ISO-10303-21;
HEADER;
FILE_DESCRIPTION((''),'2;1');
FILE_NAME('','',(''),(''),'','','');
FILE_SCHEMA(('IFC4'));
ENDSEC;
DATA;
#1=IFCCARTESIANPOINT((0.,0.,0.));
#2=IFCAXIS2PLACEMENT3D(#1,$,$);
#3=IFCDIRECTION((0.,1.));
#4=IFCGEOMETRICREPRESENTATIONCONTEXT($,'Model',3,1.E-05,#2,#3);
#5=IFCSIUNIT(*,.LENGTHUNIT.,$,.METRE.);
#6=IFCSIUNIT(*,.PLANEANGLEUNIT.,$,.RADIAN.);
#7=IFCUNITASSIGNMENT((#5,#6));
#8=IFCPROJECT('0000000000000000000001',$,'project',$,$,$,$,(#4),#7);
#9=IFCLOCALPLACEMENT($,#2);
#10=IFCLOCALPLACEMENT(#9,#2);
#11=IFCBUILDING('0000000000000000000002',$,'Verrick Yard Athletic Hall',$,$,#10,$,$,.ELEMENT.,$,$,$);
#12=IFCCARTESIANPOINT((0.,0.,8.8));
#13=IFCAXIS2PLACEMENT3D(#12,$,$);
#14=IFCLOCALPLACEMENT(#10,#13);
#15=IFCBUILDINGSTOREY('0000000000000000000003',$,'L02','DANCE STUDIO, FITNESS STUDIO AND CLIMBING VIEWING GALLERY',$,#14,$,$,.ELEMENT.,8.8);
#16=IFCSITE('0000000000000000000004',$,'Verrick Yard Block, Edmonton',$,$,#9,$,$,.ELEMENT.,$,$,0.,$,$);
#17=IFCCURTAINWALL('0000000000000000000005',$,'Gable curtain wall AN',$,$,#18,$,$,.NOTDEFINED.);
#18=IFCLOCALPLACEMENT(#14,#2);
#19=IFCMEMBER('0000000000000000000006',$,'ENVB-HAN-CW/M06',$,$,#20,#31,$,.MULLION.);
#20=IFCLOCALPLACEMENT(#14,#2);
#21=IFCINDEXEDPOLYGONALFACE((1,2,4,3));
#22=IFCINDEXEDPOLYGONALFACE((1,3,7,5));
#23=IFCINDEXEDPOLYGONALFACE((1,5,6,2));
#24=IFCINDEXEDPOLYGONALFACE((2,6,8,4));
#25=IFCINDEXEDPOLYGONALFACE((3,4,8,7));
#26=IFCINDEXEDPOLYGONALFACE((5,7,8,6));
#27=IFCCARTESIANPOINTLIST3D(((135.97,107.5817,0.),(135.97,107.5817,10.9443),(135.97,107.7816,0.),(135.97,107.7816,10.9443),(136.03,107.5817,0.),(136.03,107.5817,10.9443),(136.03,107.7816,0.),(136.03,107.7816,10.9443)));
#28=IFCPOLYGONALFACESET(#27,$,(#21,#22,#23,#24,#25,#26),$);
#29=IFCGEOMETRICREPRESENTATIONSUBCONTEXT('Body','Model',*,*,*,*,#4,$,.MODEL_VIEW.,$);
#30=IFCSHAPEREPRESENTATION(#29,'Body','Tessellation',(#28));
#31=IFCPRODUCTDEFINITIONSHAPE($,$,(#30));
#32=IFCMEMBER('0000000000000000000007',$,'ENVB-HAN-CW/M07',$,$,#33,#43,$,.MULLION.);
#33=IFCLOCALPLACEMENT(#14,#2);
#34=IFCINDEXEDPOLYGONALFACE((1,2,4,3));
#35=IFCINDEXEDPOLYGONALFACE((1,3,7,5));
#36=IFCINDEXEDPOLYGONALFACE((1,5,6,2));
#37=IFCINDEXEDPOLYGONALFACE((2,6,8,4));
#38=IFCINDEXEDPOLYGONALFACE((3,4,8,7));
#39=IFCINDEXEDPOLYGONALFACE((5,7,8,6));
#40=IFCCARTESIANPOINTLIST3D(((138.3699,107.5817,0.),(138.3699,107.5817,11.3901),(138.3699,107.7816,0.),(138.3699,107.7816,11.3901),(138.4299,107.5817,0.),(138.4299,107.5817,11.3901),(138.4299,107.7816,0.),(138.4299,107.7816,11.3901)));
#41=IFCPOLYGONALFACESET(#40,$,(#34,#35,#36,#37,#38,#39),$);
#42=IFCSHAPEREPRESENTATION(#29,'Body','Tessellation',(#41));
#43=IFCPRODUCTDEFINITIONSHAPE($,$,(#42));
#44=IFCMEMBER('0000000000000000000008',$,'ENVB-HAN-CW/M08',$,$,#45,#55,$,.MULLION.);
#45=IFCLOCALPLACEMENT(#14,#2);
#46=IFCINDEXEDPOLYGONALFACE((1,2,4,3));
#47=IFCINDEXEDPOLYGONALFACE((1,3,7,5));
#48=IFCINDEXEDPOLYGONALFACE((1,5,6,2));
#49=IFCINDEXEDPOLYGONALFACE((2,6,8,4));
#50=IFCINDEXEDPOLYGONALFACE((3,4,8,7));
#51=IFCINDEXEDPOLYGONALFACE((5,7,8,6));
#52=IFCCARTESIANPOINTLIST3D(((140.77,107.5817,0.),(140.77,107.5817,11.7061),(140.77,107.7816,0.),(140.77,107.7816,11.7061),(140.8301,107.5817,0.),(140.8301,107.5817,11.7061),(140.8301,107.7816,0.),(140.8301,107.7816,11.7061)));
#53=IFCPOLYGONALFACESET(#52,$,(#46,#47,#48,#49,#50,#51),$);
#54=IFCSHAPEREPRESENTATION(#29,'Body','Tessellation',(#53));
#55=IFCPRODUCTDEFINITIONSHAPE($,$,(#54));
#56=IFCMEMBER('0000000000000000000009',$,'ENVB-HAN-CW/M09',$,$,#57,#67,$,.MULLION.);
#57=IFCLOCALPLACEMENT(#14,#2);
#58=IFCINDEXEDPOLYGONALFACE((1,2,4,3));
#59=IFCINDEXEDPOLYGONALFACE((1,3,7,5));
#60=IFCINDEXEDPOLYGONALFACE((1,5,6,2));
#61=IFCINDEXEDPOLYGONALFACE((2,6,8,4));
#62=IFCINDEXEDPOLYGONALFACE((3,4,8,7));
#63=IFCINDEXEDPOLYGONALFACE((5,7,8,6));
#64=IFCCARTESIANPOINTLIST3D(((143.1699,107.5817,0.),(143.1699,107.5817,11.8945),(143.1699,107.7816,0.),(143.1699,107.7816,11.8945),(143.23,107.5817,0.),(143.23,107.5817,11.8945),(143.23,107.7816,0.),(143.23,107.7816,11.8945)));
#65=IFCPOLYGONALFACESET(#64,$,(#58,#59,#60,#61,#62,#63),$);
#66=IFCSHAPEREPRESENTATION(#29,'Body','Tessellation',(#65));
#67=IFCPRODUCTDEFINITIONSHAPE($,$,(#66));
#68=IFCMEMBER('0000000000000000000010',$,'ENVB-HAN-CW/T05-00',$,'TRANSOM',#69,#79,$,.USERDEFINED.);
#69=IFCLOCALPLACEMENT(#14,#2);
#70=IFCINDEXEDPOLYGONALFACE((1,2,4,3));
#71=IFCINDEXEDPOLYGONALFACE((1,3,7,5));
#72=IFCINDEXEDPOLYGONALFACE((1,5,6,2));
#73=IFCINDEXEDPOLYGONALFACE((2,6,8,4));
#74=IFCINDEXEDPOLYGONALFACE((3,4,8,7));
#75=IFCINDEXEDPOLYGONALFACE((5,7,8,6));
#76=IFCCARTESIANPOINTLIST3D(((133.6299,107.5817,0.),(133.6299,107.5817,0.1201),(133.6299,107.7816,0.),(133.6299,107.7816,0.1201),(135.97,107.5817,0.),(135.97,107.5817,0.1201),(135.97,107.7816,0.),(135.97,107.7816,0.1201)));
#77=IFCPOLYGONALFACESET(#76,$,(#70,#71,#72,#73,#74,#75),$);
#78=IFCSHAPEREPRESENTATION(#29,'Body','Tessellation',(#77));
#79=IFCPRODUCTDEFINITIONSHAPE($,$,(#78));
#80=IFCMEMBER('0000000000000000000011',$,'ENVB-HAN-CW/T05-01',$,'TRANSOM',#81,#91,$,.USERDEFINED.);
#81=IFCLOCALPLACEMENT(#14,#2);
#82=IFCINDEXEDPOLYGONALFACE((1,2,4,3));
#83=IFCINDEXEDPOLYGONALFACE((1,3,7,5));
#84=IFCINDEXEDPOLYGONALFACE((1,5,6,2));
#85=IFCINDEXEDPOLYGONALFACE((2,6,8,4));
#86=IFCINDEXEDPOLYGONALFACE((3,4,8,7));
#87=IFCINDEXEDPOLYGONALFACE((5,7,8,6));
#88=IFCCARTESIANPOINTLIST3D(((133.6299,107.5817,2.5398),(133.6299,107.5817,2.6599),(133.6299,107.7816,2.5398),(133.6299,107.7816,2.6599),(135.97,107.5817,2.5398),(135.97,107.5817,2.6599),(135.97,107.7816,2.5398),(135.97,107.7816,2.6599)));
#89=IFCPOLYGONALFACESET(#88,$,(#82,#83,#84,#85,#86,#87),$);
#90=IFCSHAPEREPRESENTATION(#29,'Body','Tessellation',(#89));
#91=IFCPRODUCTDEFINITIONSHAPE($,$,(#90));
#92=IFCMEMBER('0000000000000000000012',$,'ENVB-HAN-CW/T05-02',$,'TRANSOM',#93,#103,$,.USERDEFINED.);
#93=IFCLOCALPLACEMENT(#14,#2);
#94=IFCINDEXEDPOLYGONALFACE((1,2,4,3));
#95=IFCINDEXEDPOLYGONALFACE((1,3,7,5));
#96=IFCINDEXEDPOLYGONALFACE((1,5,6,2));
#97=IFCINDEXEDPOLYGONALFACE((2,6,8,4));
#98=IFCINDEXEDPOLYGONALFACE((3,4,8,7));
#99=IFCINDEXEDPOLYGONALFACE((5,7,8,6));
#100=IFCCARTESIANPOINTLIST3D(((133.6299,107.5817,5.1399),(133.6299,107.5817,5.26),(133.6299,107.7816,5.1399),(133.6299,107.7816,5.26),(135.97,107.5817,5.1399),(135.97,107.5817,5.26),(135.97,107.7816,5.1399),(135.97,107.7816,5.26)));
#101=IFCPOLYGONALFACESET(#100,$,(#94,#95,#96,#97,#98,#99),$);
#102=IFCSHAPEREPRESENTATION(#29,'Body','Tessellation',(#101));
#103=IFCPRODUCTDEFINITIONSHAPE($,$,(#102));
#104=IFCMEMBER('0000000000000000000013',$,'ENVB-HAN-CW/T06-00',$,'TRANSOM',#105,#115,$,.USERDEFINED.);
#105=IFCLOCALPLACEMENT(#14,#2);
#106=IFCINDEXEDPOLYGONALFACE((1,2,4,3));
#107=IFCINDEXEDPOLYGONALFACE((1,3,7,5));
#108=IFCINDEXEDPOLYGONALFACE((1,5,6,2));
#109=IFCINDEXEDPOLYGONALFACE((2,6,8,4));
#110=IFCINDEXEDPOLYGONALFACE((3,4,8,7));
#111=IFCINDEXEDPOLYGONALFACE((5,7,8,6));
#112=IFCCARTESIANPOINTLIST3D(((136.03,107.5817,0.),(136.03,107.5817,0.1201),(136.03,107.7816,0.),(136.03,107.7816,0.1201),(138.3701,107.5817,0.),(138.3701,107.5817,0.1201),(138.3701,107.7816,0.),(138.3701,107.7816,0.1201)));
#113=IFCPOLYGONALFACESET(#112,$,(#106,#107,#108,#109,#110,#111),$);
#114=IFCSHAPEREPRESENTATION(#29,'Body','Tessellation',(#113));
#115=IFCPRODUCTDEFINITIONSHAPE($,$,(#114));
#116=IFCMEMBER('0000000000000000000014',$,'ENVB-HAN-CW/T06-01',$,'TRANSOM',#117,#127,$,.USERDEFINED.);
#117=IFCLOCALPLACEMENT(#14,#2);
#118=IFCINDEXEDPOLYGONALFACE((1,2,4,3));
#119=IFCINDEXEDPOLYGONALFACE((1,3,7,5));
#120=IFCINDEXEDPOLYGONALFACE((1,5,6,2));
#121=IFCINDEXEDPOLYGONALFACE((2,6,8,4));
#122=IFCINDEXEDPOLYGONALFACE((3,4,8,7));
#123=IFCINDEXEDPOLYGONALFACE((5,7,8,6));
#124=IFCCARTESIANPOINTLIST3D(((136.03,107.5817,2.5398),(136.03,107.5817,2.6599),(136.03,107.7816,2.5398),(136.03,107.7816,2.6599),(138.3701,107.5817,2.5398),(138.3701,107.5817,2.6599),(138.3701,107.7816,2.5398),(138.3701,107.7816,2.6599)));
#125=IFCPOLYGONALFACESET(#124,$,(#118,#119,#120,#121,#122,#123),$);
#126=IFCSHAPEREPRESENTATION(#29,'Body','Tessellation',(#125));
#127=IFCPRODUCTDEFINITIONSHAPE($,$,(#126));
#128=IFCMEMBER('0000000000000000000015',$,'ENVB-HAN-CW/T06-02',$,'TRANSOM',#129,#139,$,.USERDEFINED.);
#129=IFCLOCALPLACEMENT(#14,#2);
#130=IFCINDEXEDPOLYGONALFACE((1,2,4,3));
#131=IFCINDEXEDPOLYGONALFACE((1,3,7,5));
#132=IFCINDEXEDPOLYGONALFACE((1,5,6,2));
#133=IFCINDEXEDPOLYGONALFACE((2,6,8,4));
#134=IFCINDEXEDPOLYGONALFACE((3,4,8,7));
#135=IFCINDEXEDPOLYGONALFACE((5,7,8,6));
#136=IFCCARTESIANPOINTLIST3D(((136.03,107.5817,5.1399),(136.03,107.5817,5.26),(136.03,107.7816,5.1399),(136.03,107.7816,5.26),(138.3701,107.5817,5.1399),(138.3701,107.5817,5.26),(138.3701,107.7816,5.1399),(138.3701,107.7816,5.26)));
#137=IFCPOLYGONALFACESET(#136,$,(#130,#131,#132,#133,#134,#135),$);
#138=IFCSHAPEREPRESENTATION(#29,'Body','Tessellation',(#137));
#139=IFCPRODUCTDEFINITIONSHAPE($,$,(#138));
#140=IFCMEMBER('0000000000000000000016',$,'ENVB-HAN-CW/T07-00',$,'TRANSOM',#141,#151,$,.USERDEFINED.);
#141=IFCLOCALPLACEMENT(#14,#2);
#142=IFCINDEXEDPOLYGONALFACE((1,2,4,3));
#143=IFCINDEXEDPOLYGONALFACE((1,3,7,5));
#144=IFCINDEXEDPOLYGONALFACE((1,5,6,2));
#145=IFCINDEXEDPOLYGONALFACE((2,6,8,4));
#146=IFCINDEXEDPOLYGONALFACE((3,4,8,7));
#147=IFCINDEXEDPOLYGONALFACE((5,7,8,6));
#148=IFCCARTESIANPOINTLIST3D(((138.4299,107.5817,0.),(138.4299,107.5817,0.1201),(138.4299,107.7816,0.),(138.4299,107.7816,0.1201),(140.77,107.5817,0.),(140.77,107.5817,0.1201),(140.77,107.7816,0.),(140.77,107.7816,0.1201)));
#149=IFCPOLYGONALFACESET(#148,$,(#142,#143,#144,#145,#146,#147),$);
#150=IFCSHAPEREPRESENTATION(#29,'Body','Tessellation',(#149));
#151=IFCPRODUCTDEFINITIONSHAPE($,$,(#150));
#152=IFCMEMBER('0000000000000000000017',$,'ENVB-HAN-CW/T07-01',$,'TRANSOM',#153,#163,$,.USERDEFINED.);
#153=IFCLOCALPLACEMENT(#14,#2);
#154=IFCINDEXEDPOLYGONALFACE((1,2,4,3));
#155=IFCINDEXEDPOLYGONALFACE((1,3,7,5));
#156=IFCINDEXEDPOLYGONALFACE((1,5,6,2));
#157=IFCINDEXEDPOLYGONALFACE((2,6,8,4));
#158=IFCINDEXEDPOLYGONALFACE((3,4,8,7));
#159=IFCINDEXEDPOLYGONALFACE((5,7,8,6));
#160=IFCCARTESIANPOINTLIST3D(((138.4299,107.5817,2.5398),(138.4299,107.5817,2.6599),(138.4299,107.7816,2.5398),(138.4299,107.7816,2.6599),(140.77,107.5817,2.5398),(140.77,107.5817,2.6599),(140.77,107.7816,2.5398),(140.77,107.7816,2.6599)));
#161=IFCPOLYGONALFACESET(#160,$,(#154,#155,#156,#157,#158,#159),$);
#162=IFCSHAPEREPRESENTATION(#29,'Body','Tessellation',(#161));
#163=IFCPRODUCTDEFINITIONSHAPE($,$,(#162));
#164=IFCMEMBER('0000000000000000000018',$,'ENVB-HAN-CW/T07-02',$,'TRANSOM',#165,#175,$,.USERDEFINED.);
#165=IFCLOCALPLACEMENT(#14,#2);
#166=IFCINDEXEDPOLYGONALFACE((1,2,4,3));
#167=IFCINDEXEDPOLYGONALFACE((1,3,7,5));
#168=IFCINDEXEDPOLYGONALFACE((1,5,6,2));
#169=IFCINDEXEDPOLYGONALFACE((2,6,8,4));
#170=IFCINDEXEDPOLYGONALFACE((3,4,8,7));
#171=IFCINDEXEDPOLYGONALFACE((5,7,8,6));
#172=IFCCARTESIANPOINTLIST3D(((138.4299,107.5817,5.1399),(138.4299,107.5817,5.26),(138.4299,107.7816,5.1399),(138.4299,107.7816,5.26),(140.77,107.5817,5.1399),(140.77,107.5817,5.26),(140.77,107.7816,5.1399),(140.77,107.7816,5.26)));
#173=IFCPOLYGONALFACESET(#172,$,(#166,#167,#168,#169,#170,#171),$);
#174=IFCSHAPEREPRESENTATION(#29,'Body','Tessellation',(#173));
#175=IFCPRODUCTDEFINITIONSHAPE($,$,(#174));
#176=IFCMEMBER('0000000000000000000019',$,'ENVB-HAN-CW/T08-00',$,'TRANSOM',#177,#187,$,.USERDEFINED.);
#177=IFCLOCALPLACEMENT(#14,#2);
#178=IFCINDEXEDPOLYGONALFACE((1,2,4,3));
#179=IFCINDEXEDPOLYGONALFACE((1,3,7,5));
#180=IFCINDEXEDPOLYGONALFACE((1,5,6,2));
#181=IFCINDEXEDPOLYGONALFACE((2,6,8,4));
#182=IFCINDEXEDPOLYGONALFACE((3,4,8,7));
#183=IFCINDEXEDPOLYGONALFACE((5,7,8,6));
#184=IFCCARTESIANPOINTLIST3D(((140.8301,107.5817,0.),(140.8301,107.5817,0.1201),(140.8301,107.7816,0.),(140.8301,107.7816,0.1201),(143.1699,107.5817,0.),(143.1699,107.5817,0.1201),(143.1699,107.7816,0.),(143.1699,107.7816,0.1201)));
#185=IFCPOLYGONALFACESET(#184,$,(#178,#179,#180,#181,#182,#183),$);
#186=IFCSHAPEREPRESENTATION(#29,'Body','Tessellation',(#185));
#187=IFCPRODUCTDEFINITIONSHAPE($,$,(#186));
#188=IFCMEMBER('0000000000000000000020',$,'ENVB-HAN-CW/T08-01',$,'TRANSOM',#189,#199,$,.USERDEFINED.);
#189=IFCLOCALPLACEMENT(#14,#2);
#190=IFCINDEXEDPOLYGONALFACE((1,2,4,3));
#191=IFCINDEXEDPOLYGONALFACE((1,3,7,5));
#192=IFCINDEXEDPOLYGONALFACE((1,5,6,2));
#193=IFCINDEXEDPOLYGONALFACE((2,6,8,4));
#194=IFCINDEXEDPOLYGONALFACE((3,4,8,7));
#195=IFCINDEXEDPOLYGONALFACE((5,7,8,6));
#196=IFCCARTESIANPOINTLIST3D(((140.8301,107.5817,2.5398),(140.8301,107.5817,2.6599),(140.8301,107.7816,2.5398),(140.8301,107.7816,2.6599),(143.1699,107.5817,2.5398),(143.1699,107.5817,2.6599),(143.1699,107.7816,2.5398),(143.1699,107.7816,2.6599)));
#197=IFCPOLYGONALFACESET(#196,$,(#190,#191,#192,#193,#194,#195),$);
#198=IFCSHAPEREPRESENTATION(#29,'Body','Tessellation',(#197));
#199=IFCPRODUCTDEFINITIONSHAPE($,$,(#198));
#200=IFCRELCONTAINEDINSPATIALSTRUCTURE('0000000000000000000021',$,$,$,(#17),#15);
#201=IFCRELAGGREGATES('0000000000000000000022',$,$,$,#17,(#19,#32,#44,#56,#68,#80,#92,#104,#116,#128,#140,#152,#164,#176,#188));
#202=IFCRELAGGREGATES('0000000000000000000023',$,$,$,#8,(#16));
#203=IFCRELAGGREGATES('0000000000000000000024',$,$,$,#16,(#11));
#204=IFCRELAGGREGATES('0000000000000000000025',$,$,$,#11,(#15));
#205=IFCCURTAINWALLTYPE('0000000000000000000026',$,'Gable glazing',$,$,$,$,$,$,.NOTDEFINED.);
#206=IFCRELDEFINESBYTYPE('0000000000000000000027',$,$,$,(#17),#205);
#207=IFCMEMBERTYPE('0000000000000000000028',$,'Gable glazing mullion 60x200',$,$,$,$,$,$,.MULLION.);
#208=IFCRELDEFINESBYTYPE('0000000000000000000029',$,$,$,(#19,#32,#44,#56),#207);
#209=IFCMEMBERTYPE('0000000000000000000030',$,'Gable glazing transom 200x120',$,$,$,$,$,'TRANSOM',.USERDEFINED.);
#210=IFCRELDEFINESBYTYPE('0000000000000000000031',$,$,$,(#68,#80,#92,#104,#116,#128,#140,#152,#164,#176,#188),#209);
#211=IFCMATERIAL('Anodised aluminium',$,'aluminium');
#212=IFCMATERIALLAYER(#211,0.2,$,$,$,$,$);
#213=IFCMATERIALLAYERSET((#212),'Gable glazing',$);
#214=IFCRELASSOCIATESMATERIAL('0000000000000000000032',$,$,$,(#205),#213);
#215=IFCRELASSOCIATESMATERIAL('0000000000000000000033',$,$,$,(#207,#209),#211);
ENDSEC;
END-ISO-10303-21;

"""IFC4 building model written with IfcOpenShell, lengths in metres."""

from ifc_helpers import new_model, si_unit, direction, frame, origin, origin_2d, place, context, subcontext, project, spatial, rectangle, extrude, material, layer, layer_set, material_profile, profile_set, type_object, element, aggregate, save


model = new_model("IFC4")

# Units and contexts
model_context = context("Model", 3, precision=1e-05, world=origin(), true_north=direction((0.0, 1.0)))
body_context = subcontext(model_context, "Body", "Model", "MODEL_VIEW")
ifc_project = project(units=[si_unit("LENGTHUNIT", "METRE"), si_unit("PLANEANGLEUNIT", "RADIAN")], contexts=[model_context])

# Site, building, storey
site_placement = place(None, origin())
site = spatial("IfcSite", under=ifc_project, at=site_placement, Name="Verrick Yard Block, Edmonton", CompositionType="ELEMENT", RefElevation=0.0)
building_placement = place(site_placement, origin())
building = spatial("IfcBuilding", under=site, at=building_placement, Name="Verrick Yard Athletic Hall", CompositionType="ELEMENT")
storey_placement = place(building_placement, frame((0.0, 0.0, 8.8)))
storey = spatial("IfcBuildingStorey", under=building, at=storey_placement, Name="L02", Description="DANCE STUDIO, FITNESS STUDIO AND CLIMBING VIEWING GALLERY", CompositionType="ELEMENT", Elevation=8.8)

# Curtain wall, members
ifc_material_1 = material(Name="Anodised aluminium", Category="aluminium")
ifc_layer_1 = layer(ifc_material_1, 0.2)
ifc_layer_set_1 = layer_set([ifc_layer_1], Name="Gable glazing")
curtain_wall_type = type_object("IfcCurtainWallType", Name="Gable glazing", PredefinedType="NOTDEFINED", material=ifc_layer_set_1)
curtain_wall_placement = place(storey_placement, origin())
curtain_wall = element("IfcCurtainWall", 1, at=curtain_wall_placement, inside=storey, type_object=curtain_wall_type, Name="Gable curtain wall AN", PredefinedType="NOTDEFINED")
ifc_material_profile_1 = material_profile(ifc_material_1, rectangle(XDim=0.2, YDim=0.0601, at=origin_2d()), Name="CW gable mullion 60x200")
ifc_profile_set_1 = profile_set([ifc_material_profile_1], Name="Anodised aluminium")
member_type_1 = type_object("IfcMemberType", Name="Gable glazing mullion 60x200", PredefinedType="MULLION", material=ifc_profile_set_1)
member_1_placement = place(storey_placement, frame((136.0, 107.6816, 0.0), z_axis=(0.0, 0.0, 1.0), x_axis=(0.0, 1.0, 0.0)))
member_1 = element("IfcMember", 2, at=member_1_placement, type_object=member_type_1, Name="ENVB-HAN-CW/M06", PredefinedType="MULLION", context=body_context, shape_type="SweptSolid", body=[
    extrude(rectangle(XDim=0.2, YDim=0.0601, at=origin_2d()), origin(), (0.0, 0.0, 1.0), 10.9443),
])
member_2_placement = place(storey_placement, frame((138.3999, 107.6816, 0.0), z_axis=(0.0, 0.0, 1.0), x_axis=(0.0, 1.0, 0.0)))
member_2 = element("IfcMember", 3, at=member_2_placement, type_object=member_type_1, Name="ENVB-HAN-CW/M07", PredefinedType="MULLION", context=body_context, shape_type="SweptSolid", body=[
    extrude(rectangle(XDim=0.2, YDim=0.0601, at=origin_2d()), origin(), (0.0, 0.0, 1.0), 11.3901),
])
member_3_placement = place(storey_placement, frame((140.8, 107.6816, 0.0), z_axis=(0.0, 0.0, 1.0), x_axis=(0.0, 1.0, 0.0)))
member_3 = element("IfcMember", 4, at=member_3_placement, type_object=member_type_1, Name="ENVB-HAN-CW/M08", PredefinedType="MULLION", context=body_context, shape_type="SweptSolid", body=[
    extrude(rectangle(XDim=0.2, YDim=0.0601, at=origin_2d()), origin(), (0.0, 0.0, 1.0), 11.7061),
])
member_4_placement = place(storey_placement, frame((143.2, 107.6816, 0.0), z_axis=(0.0, 0.0, 1.0), x_axis=(0.0, 1.0, 0.0)))
member_4 = element("IfcMember", 5, at=member_4_placement, type_object=member_type_1, Name="ENVB-HAN-CW/M09", PredefinedType="MULLION", context=body_context, shape_type="SweptSolid", body=[
    extrude(rectangle(XDim=0.2, YDim=0.0601, at=origin_2d()), origin(), (0.0, 0.0, 1.0), 11.8945),
])
ifc_material_profile_2 = material_profile(ifc_material_1, rectangle(XDim=0.2, YDim=0.1201, at=origin_2d()), Name="CW gable transom 200x120")
ifc_profile_set_2 = profile_set([ifc_material_profile_2], Name="Anodised aluminium")
member_type_2 = type_object("IfcMemberType", Name="Gable glazing transom 200x120", ElementType="TRANSOM", PredefinedType="USERDEFINED", material=ifc_profile_set_2)
member_5_placement = place(storey_placement, frame((133.6299, 107.6816, 0.0601), z_axis=(1.0, 0.0, 0.0), x_axis=(0.0, 1.0, 0.0)))
member_5 = element("IfcMember", 6, at=member_5_placement, type_object=member_type_2, Name="ENVB-HAN-CW/T05-00", ObjectType="TRANSOM", PredefinedType="USERDEFINED", context=body_context, shape_type="SweptSolid", body=[
    extrude(rectangle(XDim=0.2, YDim=0.1201, at=origin_2d()), origin(), (0.0, 0.0, 1.0), 2.3401),
])
member_6_placement = place(storey_placement, frame((133.6299, 107.6816, 2.5999), z_axis=(1.0, 0.0, 0.0), x_axis=(0.0, 1.0, 0.0)))
member_6 = element("IfcMember", 7, at=member_6_placement, type_object=member_type_2, Name="ENVB-HAN-CW/T05-01", ObjectType="TRANSOM", PredefinedType="USERDEFINED", context=body_context, shape_type="SweptSolid", body=[
    extrude(rectangle(XDim=0.2, YDim=0.1201, at=origin_2d()), origin(), (0.0, 0.0, 1.0), 2.3401),
])
member_7_placement = place(storey_placement, frame((133.6299, 107.6816, 5.2), z_axis=(1.0, 0.0, 0.0), x_axis=(0.0, 1.0, 0.0)))
member_7 = element("IfcMember", 8, at=member_7_placement, type_object=member_type_2, Name="ENVB-HAN-CW/T05-02", ObjectType="TRANSOM", PredefinedType="USERDEFINED", context=body_context, shape_type="SweptSolid", body=[
    extrude(rectangle(XDim=0.2, YDim=0.1201, at=origin_2d()), origin(), (0.0, 0.0, 1.0), 2.3401),
])
member_8_placement = place(storey_placement, frame((136.03, 107.6816, 0.0601), z_axis=(1.0, 0.0, 0.0), x_axis=(0.0, 1.0, 0.0)))
member_8 = element("IfcMember", 9, at=member_8_placement, type_object=member_type_2, Name="ENVB-HAN-CW/T06-00", ObjectType="TRANSOM", PredefinedType="USERDEFINED", context=body_context, shape_type="SweptSolid", body=[
    extrude(rectangle(XDim=0.2, YDim=0.1201, at=origin_2d()), origin(), (0.0, 0.0, 1.0), 2.3401),
])
member_9_placement = place(storey_placement, frame((136.03, 107.6816, 2.5999), z_axis=(1.0, 0.0, 0.0), x_axis=(0.0, 1.0, 0.0)))
member_9 = element("IfcMember", 10, at=member_9_placement, type_object=member_type_2, Name="ENVB-HAN-CW/T06-01", ObjectType="TRANSOM", PredefinedType="USERDEFINED", context=body_context, shape_type="SweptSolid", body=[
    extrude(rectangle(XDim=0.2, YDim=0.1201, at=origin_2d()), origin(), (0.0, 0.0, 1.0), 2.3401),
])
member_10_placement = place(storey_placement, frame((136.03, 107.6816, 5.2), z_axis=(1.0, 0.0, 0.0), x_axis=(0.0, 1.0, 0.0)))
member_10 = element("IfcMember", 11, at=member_10_placement, type_object=member_type_2, Name="ENVB-HAN-CW/T06-02", ObjectType="TRANSOM", PredefinedType="USERDEFINED", context=body_context, shape_type="SweptSolid", body=[
    extrude(rectangle(XDim=0.2, YDim=0.1201, at=origin_2d()), origin(), (0.0, 0.0, 1.0), 2.3401),
])
member_11_placement = place(storey_placement, frame((138.4299, 107.6816, 0.0601), z_axis=(1.0, 0.0, 0.0), x_axis=(0.0, 1.0, 0.0)))
member_11 = element("IfcMember", 12, at=member_11_placement, type_object=member_type_2, Name="ENVB-HAN-CW/T07-00", ObjectType="TRANSOM", PredefinedType="USERDEFINED", context=body_context, shape_type="SweptSolid", body=[
    extrude(rectangle(XDim=0.2, YDim=0.1201, at=origin_2d()), origin(), (0.0, 0.0, 1.0), 2.3401),
])
member_12_placement = place(storey_placement, frame((138.4299, 107.6816, 2.5999), z_axis=(1.0, 0.0, 0.0), x_axis=(0.0, 1.0, 0.0)))
member_12 = element("IfcMember", 13, at=member_12_placement, type_object=member_type_2, Name="ENVB-HAN-CW/T07-01", ObjectType="TRANSOM", PredefinedType="USERDEFINED", context=body_context, shape_type="SweptSolid", body=[
    extrude(rectangle(XDim=0.2, YDim=0.1201, at=origin_2d()), origin(), (0.0, 0.0, 1.0), 2.3401),
])
member_13_placement = place(storey_placement, frame((138.4299, 107.6816, 5.2), z_axis=(1.0, 0.0, 0.0), x_axis=(0.0, 1.0, 0.0)))
member_13 = element("IfcMember", 14, at=member_13_placement, type_object=member_type_2, Name="ENVB-HAN-CW/T07-02", ObjectType="TRANSOM", PredefinedType="USERDEFINED", context=body_context, shape_type="SweptSolid", body=[
    extrude(rectangle(XDim=0.2, YDim=0.1201, at=origin_2d()), origin(), (0.0, 0.0, 1.0), 2.3401),
])
member_14_placement = place(storey_placement, frame((140.8301, 107.6816, 0.0601), z_axis=(1.0, 0.0, 0.0), x_axis=(0.0, 1.0, 0.0)))
member_14 = element("IfcMember", 15, at=member_14_placement, type_object=member_type_2, Name="ENVB-HAN-CW/T08-00", ObjectType="TRANSOM", PredefinedType="USERDEFINED", context=body_context, shape_type="SweptSolid", body=[
    extrude(rectangle(XDim=0.2, YDim=0.1201, at=origin_2d()), origin(), (0.0, 0.0, 1.0), 2.3398),
])
member_15_placement = place(storey_placement, frame((140.8301, 107.6816, 2.5999), z_axis=(1.0, 0.0, 0.0), x_axis=(0.0, 1.0, 0.0)))
member_15 = element("IfcMember", 16, at=member_15_placement, type_object=member_type_2, Name="ENVB-HAN-CW/T08-01", ObjectType="TRANSOM", PredefinedType="USERDEFINED", context=body_context, shape_type="SweptSolid", body=[
    extrude(rectangle(XDim=0.2, YDim=0.1201, at=origin_2d()), origin(), (0.0, 0.0, 1.0), 2.3398),
])

aggregate(curtain_wall, [member_1, member_2, member_3, member_4, member_5, member_6, member_7, member_8, member_9, member_10, member_11, member_12, member_13, member_14, member_15])

save(model, "model.ifc")
